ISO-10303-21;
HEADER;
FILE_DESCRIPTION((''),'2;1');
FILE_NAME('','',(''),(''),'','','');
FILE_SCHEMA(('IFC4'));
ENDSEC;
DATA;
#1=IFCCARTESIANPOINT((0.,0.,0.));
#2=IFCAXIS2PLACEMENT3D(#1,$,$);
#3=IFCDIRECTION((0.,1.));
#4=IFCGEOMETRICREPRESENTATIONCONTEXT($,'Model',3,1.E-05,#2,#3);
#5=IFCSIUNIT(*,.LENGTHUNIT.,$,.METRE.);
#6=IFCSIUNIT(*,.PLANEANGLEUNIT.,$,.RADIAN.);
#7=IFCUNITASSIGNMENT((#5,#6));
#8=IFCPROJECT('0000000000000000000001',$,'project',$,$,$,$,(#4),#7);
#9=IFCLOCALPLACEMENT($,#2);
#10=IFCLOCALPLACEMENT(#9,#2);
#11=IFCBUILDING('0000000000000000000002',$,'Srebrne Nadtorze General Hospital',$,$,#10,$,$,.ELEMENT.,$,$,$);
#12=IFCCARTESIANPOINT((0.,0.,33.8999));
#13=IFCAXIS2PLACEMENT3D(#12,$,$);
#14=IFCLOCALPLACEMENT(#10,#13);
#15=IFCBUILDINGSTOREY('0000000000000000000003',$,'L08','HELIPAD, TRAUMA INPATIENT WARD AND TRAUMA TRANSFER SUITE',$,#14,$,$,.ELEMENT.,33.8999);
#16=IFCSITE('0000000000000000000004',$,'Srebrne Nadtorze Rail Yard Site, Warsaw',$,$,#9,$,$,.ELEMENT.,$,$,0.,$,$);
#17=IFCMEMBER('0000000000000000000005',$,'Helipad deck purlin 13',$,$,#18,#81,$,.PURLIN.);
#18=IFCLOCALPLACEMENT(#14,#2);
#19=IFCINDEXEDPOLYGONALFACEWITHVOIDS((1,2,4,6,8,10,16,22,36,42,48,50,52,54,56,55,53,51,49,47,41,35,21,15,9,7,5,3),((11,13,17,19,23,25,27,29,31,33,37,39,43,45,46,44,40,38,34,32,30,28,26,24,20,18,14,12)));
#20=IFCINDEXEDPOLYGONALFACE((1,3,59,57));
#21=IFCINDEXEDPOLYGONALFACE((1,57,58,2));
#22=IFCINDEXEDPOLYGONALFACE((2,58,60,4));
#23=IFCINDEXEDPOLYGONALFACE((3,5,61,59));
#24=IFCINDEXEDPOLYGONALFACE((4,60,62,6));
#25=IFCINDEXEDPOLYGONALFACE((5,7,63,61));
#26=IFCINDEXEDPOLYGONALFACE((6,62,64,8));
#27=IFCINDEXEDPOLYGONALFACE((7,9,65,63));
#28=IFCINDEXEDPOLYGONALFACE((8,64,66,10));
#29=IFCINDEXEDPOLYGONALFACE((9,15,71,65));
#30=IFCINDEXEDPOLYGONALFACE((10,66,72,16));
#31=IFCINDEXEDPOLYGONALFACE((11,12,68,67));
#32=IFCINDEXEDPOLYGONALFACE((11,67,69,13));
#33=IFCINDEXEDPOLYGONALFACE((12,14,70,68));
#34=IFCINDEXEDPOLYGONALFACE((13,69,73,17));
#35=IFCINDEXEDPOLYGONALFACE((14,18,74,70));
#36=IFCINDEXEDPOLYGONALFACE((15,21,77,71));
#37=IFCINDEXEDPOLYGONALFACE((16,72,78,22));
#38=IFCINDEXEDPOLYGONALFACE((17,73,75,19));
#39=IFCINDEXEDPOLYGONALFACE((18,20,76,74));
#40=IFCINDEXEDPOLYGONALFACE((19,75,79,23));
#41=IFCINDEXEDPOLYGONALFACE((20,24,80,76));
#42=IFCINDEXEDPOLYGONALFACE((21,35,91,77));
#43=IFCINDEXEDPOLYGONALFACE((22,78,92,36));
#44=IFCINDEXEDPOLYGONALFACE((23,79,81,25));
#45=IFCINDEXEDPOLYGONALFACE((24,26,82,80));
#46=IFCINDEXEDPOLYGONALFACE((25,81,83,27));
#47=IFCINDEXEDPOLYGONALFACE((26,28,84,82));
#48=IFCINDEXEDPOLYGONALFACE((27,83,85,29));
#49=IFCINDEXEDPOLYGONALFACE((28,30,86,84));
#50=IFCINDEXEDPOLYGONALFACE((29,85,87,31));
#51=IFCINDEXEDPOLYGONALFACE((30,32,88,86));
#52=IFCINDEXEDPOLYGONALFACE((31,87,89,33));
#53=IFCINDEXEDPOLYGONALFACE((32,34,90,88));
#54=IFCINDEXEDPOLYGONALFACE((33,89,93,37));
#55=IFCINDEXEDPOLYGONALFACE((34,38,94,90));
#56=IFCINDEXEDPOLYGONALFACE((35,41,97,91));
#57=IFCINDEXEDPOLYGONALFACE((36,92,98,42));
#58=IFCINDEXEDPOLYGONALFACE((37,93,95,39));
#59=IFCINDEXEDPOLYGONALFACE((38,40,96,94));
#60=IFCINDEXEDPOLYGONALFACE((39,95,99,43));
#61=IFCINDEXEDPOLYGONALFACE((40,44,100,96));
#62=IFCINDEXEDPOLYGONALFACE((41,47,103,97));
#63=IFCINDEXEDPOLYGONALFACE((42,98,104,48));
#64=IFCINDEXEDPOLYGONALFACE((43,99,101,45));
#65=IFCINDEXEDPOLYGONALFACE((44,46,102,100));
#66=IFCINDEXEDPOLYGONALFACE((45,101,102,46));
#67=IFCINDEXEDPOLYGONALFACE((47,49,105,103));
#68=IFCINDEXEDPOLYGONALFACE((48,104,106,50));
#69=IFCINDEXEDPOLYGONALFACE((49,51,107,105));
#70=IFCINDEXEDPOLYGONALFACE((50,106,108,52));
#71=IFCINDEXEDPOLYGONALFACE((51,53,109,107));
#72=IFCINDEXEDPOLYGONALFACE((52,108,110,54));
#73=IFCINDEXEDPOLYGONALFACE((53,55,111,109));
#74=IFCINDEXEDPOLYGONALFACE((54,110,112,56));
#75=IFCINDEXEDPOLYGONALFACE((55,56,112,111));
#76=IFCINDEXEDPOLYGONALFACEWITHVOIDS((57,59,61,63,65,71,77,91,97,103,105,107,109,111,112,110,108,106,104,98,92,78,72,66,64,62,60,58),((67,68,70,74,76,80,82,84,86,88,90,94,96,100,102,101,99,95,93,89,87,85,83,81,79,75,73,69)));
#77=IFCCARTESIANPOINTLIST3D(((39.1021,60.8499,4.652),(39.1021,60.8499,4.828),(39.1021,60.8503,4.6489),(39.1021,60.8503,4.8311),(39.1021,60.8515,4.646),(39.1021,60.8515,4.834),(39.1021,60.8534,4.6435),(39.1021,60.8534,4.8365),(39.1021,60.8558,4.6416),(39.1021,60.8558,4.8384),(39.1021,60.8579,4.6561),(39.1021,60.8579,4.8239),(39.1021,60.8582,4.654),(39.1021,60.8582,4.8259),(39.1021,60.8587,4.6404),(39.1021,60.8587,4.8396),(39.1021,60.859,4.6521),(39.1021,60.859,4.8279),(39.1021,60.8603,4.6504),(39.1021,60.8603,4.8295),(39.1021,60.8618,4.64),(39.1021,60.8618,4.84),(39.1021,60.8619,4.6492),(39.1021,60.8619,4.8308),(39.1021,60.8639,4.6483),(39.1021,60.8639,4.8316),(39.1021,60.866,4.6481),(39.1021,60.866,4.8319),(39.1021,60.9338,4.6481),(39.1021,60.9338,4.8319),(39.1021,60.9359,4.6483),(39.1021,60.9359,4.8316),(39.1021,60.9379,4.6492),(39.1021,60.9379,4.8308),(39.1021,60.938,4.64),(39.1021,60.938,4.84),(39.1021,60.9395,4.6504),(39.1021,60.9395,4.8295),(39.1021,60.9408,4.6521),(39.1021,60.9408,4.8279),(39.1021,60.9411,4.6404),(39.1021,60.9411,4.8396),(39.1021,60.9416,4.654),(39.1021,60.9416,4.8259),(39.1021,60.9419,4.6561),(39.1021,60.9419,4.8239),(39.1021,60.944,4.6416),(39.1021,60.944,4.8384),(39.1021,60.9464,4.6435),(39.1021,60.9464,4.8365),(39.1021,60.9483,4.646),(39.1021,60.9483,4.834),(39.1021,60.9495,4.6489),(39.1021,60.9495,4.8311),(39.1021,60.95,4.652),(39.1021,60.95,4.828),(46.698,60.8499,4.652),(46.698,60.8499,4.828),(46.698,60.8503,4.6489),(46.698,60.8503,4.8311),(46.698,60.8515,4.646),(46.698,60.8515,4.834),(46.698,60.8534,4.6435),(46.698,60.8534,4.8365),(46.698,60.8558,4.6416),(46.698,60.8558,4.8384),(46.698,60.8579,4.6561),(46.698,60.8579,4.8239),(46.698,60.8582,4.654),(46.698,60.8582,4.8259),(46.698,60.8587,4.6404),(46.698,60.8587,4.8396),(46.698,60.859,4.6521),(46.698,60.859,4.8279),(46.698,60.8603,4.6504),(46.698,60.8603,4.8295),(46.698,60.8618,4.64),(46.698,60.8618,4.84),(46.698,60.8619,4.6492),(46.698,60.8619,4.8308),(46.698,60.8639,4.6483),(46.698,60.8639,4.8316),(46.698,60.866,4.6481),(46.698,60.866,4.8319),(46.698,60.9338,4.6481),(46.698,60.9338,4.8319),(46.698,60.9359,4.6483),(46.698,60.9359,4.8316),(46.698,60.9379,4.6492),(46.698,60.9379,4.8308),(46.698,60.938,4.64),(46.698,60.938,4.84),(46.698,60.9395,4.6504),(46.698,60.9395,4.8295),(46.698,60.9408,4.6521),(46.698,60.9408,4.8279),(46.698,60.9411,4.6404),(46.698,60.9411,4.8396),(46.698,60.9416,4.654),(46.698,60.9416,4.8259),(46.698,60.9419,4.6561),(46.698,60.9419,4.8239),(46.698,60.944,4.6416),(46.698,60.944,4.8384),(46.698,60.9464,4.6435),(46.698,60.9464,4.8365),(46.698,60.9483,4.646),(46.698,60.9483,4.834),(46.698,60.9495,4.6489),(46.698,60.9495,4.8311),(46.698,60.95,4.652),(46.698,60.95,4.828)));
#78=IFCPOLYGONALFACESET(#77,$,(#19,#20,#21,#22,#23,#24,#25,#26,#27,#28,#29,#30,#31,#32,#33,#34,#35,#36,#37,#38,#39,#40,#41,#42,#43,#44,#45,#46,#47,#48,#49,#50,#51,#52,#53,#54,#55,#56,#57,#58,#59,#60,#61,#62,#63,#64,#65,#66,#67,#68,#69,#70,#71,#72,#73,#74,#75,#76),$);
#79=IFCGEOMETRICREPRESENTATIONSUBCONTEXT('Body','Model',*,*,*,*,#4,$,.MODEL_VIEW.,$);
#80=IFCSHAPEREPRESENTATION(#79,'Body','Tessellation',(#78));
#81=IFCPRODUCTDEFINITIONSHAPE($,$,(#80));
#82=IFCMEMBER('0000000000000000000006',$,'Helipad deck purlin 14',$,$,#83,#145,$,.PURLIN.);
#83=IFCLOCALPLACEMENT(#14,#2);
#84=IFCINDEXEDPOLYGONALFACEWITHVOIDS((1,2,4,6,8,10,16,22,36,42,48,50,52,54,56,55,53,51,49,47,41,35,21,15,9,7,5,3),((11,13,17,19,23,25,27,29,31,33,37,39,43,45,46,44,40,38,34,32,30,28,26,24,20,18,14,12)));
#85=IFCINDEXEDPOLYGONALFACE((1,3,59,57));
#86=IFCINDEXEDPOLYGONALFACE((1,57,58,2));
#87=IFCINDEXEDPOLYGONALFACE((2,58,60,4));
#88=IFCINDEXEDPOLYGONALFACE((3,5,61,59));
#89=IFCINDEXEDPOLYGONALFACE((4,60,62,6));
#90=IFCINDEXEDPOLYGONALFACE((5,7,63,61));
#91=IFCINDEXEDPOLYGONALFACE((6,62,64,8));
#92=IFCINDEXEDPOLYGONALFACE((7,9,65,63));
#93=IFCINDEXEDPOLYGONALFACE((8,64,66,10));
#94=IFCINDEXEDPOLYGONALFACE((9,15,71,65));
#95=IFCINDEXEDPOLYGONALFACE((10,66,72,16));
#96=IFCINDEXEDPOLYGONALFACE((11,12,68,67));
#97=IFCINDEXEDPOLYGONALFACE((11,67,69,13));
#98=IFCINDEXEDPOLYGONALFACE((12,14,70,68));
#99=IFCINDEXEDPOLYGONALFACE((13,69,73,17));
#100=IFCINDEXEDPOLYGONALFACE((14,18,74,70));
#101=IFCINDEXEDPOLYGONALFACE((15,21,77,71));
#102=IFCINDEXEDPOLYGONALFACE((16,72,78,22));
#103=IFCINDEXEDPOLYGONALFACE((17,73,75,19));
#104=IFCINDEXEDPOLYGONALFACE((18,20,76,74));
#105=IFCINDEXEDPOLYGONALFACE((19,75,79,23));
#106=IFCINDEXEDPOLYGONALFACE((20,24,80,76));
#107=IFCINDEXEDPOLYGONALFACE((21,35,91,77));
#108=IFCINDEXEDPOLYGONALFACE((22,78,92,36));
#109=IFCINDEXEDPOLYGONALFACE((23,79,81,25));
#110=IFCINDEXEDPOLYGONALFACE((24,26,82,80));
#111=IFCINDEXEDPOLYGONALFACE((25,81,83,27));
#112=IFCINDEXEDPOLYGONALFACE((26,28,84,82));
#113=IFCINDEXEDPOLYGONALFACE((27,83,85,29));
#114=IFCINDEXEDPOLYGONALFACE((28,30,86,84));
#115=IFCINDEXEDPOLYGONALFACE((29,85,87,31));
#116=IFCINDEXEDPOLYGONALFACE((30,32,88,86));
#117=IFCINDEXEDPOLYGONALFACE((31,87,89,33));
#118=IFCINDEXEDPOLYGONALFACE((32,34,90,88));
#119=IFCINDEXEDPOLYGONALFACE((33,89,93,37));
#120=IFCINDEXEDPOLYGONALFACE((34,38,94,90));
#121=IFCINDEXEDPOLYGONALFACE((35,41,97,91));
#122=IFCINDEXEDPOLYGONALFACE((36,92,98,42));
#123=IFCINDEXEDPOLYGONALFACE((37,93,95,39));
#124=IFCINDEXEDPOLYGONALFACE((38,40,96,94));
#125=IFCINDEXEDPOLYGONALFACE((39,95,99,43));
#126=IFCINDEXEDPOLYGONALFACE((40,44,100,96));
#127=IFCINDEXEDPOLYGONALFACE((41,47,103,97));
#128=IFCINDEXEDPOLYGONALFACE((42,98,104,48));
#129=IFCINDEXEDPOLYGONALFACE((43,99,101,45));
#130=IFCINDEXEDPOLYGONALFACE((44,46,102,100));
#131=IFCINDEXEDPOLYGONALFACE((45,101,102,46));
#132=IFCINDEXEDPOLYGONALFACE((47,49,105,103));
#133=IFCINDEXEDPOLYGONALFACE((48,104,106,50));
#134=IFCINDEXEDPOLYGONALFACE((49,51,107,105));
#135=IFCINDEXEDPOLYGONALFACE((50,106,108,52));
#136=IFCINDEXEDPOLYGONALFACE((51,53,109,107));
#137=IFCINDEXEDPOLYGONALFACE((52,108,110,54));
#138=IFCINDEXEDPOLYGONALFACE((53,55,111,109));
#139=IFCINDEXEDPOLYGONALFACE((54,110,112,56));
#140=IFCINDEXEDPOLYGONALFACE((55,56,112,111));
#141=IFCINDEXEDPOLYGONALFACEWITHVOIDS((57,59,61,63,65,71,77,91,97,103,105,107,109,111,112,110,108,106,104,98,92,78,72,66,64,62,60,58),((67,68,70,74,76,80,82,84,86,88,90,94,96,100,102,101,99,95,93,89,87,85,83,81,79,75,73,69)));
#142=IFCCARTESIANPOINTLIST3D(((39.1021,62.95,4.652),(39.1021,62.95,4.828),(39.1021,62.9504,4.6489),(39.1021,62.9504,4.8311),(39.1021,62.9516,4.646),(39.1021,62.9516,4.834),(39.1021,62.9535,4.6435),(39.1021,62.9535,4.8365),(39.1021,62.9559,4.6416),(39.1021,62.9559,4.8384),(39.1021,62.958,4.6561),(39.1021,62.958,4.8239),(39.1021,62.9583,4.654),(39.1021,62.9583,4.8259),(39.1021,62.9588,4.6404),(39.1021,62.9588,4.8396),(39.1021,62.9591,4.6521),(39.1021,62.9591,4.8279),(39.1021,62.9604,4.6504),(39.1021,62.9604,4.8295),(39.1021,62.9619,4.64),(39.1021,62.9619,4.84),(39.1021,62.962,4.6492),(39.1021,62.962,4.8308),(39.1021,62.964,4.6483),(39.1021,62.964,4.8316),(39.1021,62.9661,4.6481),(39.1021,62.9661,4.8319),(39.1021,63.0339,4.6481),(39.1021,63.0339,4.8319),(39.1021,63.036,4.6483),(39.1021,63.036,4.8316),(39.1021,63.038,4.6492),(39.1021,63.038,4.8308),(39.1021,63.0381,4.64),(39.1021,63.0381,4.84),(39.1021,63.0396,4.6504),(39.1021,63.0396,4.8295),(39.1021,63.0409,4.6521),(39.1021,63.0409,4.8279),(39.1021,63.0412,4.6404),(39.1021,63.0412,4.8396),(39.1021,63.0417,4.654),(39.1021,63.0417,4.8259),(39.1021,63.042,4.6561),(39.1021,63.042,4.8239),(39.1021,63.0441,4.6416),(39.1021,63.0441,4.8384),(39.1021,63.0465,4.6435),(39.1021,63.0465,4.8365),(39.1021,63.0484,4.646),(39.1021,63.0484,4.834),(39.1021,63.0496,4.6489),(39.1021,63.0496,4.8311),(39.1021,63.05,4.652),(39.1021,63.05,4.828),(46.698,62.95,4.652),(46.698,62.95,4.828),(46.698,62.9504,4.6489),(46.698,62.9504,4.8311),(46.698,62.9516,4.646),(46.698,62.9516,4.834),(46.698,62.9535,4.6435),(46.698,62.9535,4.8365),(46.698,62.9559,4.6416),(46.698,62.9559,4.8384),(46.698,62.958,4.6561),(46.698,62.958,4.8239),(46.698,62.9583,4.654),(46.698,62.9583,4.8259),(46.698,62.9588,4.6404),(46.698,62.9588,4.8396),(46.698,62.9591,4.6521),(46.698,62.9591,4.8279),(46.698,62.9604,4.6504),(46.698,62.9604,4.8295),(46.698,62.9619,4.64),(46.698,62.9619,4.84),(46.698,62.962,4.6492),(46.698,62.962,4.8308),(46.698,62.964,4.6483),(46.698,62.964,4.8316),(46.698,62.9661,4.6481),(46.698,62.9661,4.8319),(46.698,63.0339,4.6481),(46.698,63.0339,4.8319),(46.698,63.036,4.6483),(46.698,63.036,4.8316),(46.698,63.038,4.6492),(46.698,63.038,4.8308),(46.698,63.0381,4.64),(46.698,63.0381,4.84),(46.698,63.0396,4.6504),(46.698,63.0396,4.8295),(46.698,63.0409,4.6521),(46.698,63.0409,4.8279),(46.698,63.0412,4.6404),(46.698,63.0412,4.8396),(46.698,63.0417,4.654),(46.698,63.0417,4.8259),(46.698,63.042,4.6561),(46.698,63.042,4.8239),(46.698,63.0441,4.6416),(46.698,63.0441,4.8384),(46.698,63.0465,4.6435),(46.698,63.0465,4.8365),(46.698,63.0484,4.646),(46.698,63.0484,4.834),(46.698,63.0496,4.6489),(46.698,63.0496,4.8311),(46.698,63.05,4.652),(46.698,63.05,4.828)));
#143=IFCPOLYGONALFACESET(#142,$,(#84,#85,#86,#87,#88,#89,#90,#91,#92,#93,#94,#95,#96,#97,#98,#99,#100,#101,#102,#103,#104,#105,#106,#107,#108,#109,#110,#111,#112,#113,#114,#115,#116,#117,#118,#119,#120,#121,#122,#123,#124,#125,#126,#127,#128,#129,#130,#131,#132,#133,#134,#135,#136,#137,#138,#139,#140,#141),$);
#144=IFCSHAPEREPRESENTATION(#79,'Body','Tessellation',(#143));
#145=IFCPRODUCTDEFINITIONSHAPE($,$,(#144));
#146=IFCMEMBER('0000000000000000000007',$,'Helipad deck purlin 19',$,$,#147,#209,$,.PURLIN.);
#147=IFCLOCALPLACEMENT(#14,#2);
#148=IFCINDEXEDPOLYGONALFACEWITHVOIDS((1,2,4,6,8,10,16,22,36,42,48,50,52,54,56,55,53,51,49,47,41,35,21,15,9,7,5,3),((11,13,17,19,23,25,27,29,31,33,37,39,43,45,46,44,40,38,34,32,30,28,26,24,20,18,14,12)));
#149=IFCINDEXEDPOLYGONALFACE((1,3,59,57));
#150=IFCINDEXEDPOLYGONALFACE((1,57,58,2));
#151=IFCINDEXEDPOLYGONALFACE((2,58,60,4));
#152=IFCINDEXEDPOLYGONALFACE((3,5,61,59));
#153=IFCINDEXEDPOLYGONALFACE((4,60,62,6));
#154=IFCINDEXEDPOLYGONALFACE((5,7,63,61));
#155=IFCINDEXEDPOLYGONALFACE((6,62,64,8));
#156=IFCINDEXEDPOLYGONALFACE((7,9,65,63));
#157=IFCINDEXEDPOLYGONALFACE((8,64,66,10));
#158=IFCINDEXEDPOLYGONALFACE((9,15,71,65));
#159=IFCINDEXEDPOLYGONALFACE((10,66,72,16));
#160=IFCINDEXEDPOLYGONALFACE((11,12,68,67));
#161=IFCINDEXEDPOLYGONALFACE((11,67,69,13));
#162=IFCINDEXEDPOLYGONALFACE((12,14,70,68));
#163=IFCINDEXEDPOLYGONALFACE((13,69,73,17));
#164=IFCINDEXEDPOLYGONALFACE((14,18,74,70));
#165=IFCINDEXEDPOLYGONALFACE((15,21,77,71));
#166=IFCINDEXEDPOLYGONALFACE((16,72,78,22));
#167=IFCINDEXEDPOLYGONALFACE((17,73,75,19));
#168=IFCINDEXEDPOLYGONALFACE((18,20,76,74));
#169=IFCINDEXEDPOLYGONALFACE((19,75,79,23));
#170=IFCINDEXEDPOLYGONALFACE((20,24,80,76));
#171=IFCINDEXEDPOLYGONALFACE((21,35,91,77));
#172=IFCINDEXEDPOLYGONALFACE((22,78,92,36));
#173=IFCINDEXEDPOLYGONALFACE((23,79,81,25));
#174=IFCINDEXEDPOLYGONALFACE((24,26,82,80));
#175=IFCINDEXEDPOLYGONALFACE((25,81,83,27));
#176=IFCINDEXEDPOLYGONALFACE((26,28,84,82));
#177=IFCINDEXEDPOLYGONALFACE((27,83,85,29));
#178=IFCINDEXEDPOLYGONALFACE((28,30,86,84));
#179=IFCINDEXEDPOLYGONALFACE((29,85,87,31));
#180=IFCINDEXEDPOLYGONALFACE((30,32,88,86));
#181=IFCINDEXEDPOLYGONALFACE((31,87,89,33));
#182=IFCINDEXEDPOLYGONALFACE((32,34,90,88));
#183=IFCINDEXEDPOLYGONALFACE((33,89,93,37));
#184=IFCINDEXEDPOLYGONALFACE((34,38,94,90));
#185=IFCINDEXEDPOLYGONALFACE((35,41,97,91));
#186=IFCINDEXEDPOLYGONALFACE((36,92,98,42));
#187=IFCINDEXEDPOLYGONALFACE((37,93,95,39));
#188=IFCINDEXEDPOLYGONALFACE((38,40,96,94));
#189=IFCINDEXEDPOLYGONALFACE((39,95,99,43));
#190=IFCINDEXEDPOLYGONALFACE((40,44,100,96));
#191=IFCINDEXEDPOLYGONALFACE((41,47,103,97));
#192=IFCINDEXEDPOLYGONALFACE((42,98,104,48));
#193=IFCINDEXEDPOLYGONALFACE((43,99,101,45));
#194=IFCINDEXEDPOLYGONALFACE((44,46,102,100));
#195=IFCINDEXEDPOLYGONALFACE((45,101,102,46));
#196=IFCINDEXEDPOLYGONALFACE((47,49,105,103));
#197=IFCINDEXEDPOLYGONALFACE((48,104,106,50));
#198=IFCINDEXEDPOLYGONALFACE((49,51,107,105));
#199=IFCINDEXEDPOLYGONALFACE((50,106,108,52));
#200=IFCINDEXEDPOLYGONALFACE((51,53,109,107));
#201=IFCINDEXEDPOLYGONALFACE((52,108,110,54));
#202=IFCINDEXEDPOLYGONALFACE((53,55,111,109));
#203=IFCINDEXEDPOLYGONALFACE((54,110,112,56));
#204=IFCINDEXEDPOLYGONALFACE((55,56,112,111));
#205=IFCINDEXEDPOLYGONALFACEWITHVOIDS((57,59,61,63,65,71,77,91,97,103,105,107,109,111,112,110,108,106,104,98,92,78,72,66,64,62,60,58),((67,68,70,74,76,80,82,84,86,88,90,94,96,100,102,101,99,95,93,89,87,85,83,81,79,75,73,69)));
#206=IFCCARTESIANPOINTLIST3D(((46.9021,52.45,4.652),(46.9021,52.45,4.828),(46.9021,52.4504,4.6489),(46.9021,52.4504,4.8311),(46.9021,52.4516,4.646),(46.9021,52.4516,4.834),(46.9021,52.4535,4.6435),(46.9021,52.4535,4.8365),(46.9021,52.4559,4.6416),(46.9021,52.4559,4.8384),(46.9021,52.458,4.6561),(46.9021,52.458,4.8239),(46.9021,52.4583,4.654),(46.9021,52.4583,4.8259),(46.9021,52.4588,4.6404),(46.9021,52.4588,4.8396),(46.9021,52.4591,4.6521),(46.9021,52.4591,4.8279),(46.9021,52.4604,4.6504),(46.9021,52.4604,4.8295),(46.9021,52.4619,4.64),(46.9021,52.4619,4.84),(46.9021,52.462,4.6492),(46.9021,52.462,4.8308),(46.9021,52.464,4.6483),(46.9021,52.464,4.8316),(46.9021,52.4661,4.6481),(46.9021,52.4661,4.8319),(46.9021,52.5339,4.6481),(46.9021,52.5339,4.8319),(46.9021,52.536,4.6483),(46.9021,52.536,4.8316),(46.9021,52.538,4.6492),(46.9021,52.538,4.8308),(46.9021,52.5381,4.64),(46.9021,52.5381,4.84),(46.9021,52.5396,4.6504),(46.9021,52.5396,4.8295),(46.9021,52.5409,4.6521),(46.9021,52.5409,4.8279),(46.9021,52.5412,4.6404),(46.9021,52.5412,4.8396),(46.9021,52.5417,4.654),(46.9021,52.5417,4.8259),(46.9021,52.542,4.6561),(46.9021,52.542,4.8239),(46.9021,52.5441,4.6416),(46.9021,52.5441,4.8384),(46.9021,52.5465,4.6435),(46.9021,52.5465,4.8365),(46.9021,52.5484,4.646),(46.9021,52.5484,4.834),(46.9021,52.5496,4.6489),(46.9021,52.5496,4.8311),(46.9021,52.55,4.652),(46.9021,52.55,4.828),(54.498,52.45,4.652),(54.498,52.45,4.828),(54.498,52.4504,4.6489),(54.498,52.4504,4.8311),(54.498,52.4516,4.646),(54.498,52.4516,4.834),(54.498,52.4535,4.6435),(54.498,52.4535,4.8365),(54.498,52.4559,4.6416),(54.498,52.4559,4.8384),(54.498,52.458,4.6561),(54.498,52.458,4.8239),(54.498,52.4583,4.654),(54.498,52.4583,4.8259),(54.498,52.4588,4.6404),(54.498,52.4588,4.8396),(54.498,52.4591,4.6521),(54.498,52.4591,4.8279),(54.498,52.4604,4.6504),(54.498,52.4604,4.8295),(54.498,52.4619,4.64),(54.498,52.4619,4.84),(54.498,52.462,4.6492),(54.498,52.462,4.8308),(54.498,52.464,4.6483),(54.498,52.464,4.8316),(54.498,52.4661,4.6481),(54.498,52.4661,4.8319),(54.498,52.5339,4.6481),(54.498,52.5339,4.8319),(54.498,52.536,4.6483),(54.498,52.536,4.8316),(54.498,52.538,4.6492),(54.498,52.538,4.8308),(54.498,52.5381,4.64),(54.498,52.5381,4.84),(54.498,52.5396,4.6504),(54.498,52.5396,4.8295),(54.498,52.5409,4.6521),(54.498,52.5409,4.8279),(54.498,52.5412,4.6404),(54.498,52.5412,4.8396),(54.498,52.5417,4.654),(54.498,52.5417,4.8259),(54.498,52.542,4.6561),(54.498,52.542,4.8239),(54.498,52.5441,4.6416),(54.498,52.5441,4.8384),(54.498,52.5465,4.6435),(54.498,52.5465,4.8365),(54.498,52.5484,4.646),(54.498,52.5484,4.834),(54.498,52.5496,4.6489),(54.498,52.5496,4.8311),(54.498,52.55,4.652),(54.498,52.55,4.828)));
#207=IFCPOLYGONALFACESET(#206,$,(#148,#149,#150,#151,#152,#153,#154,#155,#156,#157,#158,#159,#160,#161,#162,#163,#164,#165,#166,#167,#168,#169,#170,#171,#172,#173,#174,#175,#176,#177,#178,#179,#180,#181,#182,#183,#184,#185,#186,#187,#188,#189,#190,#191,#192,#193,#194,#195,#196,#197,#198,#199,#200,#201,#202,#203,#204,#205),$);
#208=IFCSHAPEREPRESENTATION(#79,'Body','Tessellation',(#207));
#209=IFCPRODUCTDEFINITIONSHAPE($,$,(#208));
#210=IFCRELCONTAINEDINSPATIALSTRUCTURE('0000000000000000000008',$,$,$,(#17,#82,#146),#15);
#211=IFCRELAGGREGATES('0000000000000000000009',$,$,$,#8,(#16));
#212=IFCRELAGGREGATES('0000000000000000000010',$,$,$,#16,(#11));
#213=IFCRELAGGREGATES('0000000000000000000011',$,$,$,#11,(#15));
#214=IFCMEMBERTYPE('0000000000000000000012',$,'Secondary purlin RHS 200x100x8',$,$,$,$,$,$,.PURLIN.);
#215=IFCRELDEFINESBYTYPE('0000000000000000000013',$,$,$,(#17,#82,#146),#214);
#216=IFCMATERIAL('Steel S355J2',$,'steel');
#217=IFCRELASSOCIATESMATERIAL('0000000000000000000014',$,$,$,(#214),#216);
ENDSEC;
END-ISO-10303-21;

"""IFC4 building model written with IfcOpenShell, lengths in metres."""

from ifc_helpers import new_model, si_unit, direction, frame, origin, origin_2d, place, context, subcontext, project, spatial, hollow_rectangle, extrude, material, material_profile, profile_set, type_object, element, save


model = new_model("IFC4")

# Units and contexts
model_context = context("Model", 3, precision=1e-05, world=origin(), true_north=direction((0.0, 1.0)))
body_context = subcontext(model_context, "Body", "Model", "MODEL_VIEW")
ifc_project = project(units=[si_unit("LENGTHUNIT", "METRE"), si_unit("PLANEANGLEUNIT", "RADIAN")], contexts=[model_context])

# Site, building, storey
site_placement = place(None, origin())
site = spatial("IfcSite", under=ifc_project, at=site_placement, Name="Srebrne Nadtorze Rail Yard Site, Warsaw", CompositionType="ELEMENT", RefElevation=0.0)
building_placement = place(site_placement, origin())
building = spatial("IfcBuilding", under=site, at=building_placement, Name="Srebrne Nadtorze General Hospital", CompositionType="ELEMENT")
storey_placement = place(building_placement, frame((0.0, 0.0, 33.8999)))
storey = spatial("IfcBuildingStorey", under=building, at=storey_placement, Name="L08", Description="HELIPAD, TRAUMA INPATIENT WARD AND TRAUMA TRANSFER SUITE", CompositionType="ELEMENT", Elevation=33.8999)

# Members
ifc_material_1 = material(Name="Steel S355J2", Category="steel")
ifc_material_profile_1 = material_profile(ifc_material_1, hollow_rectangle(XDim=0.1001, YDim=0.2, WallThickness=0.0081, InnerFilletRadius=0.0081, OuterFilletRadius=0.012, at=origin_2d()), Name="RHS-200x100x8")
ifc_profile_set_1 = profile_set([ifc_material_profile_1], Name="Steel S355J2")
member_type_1 = type_object("IfcMemberType", Name="Secondary purlin RHS 200x100x8", PredefinedType="PURLIN", material=ifc_profile_set_1)
for number, where, z_axis, x_axis, name in (
    (1, (39.1021, 60.8999, 4.74), (1.0, 0.0, 0.0), (0.0, 1.0, 0.0), "Helipad deck purlin 13"),
    (2, (39.1021, 63.0, 4.74), (1.0, 0.0, 0.0), (0.0, 1.0, 0.0), "Helipad deck purlin 14"),
    (3, (46.9021, 52.5, 4.74), (1.0, 0.0, 0.0), (0.0, 1.0, 0.0), "Helipad deck purlin 19"),
):
    element("IfcMember", number, at=place(storey_placement, frame(where, z_axis=z_axis, x_axis=x_axis)), inside=storey, type_object=member_type_1, Name=name, PredefinedType="PURLIN", context=body_context, shape_type="SweptSolid", body=[
        extrude(hollow_rectangle(XDim=0.1001, YDim=0.2, WallThickness=0.0081, InnerFilletRadius=0.0081, OuterFilletRadius=0.012, at=origin_2d()), origin(), (0.0, 0.0, 1.0), 7.5959),
    ])

save(model, "model.ifc")
